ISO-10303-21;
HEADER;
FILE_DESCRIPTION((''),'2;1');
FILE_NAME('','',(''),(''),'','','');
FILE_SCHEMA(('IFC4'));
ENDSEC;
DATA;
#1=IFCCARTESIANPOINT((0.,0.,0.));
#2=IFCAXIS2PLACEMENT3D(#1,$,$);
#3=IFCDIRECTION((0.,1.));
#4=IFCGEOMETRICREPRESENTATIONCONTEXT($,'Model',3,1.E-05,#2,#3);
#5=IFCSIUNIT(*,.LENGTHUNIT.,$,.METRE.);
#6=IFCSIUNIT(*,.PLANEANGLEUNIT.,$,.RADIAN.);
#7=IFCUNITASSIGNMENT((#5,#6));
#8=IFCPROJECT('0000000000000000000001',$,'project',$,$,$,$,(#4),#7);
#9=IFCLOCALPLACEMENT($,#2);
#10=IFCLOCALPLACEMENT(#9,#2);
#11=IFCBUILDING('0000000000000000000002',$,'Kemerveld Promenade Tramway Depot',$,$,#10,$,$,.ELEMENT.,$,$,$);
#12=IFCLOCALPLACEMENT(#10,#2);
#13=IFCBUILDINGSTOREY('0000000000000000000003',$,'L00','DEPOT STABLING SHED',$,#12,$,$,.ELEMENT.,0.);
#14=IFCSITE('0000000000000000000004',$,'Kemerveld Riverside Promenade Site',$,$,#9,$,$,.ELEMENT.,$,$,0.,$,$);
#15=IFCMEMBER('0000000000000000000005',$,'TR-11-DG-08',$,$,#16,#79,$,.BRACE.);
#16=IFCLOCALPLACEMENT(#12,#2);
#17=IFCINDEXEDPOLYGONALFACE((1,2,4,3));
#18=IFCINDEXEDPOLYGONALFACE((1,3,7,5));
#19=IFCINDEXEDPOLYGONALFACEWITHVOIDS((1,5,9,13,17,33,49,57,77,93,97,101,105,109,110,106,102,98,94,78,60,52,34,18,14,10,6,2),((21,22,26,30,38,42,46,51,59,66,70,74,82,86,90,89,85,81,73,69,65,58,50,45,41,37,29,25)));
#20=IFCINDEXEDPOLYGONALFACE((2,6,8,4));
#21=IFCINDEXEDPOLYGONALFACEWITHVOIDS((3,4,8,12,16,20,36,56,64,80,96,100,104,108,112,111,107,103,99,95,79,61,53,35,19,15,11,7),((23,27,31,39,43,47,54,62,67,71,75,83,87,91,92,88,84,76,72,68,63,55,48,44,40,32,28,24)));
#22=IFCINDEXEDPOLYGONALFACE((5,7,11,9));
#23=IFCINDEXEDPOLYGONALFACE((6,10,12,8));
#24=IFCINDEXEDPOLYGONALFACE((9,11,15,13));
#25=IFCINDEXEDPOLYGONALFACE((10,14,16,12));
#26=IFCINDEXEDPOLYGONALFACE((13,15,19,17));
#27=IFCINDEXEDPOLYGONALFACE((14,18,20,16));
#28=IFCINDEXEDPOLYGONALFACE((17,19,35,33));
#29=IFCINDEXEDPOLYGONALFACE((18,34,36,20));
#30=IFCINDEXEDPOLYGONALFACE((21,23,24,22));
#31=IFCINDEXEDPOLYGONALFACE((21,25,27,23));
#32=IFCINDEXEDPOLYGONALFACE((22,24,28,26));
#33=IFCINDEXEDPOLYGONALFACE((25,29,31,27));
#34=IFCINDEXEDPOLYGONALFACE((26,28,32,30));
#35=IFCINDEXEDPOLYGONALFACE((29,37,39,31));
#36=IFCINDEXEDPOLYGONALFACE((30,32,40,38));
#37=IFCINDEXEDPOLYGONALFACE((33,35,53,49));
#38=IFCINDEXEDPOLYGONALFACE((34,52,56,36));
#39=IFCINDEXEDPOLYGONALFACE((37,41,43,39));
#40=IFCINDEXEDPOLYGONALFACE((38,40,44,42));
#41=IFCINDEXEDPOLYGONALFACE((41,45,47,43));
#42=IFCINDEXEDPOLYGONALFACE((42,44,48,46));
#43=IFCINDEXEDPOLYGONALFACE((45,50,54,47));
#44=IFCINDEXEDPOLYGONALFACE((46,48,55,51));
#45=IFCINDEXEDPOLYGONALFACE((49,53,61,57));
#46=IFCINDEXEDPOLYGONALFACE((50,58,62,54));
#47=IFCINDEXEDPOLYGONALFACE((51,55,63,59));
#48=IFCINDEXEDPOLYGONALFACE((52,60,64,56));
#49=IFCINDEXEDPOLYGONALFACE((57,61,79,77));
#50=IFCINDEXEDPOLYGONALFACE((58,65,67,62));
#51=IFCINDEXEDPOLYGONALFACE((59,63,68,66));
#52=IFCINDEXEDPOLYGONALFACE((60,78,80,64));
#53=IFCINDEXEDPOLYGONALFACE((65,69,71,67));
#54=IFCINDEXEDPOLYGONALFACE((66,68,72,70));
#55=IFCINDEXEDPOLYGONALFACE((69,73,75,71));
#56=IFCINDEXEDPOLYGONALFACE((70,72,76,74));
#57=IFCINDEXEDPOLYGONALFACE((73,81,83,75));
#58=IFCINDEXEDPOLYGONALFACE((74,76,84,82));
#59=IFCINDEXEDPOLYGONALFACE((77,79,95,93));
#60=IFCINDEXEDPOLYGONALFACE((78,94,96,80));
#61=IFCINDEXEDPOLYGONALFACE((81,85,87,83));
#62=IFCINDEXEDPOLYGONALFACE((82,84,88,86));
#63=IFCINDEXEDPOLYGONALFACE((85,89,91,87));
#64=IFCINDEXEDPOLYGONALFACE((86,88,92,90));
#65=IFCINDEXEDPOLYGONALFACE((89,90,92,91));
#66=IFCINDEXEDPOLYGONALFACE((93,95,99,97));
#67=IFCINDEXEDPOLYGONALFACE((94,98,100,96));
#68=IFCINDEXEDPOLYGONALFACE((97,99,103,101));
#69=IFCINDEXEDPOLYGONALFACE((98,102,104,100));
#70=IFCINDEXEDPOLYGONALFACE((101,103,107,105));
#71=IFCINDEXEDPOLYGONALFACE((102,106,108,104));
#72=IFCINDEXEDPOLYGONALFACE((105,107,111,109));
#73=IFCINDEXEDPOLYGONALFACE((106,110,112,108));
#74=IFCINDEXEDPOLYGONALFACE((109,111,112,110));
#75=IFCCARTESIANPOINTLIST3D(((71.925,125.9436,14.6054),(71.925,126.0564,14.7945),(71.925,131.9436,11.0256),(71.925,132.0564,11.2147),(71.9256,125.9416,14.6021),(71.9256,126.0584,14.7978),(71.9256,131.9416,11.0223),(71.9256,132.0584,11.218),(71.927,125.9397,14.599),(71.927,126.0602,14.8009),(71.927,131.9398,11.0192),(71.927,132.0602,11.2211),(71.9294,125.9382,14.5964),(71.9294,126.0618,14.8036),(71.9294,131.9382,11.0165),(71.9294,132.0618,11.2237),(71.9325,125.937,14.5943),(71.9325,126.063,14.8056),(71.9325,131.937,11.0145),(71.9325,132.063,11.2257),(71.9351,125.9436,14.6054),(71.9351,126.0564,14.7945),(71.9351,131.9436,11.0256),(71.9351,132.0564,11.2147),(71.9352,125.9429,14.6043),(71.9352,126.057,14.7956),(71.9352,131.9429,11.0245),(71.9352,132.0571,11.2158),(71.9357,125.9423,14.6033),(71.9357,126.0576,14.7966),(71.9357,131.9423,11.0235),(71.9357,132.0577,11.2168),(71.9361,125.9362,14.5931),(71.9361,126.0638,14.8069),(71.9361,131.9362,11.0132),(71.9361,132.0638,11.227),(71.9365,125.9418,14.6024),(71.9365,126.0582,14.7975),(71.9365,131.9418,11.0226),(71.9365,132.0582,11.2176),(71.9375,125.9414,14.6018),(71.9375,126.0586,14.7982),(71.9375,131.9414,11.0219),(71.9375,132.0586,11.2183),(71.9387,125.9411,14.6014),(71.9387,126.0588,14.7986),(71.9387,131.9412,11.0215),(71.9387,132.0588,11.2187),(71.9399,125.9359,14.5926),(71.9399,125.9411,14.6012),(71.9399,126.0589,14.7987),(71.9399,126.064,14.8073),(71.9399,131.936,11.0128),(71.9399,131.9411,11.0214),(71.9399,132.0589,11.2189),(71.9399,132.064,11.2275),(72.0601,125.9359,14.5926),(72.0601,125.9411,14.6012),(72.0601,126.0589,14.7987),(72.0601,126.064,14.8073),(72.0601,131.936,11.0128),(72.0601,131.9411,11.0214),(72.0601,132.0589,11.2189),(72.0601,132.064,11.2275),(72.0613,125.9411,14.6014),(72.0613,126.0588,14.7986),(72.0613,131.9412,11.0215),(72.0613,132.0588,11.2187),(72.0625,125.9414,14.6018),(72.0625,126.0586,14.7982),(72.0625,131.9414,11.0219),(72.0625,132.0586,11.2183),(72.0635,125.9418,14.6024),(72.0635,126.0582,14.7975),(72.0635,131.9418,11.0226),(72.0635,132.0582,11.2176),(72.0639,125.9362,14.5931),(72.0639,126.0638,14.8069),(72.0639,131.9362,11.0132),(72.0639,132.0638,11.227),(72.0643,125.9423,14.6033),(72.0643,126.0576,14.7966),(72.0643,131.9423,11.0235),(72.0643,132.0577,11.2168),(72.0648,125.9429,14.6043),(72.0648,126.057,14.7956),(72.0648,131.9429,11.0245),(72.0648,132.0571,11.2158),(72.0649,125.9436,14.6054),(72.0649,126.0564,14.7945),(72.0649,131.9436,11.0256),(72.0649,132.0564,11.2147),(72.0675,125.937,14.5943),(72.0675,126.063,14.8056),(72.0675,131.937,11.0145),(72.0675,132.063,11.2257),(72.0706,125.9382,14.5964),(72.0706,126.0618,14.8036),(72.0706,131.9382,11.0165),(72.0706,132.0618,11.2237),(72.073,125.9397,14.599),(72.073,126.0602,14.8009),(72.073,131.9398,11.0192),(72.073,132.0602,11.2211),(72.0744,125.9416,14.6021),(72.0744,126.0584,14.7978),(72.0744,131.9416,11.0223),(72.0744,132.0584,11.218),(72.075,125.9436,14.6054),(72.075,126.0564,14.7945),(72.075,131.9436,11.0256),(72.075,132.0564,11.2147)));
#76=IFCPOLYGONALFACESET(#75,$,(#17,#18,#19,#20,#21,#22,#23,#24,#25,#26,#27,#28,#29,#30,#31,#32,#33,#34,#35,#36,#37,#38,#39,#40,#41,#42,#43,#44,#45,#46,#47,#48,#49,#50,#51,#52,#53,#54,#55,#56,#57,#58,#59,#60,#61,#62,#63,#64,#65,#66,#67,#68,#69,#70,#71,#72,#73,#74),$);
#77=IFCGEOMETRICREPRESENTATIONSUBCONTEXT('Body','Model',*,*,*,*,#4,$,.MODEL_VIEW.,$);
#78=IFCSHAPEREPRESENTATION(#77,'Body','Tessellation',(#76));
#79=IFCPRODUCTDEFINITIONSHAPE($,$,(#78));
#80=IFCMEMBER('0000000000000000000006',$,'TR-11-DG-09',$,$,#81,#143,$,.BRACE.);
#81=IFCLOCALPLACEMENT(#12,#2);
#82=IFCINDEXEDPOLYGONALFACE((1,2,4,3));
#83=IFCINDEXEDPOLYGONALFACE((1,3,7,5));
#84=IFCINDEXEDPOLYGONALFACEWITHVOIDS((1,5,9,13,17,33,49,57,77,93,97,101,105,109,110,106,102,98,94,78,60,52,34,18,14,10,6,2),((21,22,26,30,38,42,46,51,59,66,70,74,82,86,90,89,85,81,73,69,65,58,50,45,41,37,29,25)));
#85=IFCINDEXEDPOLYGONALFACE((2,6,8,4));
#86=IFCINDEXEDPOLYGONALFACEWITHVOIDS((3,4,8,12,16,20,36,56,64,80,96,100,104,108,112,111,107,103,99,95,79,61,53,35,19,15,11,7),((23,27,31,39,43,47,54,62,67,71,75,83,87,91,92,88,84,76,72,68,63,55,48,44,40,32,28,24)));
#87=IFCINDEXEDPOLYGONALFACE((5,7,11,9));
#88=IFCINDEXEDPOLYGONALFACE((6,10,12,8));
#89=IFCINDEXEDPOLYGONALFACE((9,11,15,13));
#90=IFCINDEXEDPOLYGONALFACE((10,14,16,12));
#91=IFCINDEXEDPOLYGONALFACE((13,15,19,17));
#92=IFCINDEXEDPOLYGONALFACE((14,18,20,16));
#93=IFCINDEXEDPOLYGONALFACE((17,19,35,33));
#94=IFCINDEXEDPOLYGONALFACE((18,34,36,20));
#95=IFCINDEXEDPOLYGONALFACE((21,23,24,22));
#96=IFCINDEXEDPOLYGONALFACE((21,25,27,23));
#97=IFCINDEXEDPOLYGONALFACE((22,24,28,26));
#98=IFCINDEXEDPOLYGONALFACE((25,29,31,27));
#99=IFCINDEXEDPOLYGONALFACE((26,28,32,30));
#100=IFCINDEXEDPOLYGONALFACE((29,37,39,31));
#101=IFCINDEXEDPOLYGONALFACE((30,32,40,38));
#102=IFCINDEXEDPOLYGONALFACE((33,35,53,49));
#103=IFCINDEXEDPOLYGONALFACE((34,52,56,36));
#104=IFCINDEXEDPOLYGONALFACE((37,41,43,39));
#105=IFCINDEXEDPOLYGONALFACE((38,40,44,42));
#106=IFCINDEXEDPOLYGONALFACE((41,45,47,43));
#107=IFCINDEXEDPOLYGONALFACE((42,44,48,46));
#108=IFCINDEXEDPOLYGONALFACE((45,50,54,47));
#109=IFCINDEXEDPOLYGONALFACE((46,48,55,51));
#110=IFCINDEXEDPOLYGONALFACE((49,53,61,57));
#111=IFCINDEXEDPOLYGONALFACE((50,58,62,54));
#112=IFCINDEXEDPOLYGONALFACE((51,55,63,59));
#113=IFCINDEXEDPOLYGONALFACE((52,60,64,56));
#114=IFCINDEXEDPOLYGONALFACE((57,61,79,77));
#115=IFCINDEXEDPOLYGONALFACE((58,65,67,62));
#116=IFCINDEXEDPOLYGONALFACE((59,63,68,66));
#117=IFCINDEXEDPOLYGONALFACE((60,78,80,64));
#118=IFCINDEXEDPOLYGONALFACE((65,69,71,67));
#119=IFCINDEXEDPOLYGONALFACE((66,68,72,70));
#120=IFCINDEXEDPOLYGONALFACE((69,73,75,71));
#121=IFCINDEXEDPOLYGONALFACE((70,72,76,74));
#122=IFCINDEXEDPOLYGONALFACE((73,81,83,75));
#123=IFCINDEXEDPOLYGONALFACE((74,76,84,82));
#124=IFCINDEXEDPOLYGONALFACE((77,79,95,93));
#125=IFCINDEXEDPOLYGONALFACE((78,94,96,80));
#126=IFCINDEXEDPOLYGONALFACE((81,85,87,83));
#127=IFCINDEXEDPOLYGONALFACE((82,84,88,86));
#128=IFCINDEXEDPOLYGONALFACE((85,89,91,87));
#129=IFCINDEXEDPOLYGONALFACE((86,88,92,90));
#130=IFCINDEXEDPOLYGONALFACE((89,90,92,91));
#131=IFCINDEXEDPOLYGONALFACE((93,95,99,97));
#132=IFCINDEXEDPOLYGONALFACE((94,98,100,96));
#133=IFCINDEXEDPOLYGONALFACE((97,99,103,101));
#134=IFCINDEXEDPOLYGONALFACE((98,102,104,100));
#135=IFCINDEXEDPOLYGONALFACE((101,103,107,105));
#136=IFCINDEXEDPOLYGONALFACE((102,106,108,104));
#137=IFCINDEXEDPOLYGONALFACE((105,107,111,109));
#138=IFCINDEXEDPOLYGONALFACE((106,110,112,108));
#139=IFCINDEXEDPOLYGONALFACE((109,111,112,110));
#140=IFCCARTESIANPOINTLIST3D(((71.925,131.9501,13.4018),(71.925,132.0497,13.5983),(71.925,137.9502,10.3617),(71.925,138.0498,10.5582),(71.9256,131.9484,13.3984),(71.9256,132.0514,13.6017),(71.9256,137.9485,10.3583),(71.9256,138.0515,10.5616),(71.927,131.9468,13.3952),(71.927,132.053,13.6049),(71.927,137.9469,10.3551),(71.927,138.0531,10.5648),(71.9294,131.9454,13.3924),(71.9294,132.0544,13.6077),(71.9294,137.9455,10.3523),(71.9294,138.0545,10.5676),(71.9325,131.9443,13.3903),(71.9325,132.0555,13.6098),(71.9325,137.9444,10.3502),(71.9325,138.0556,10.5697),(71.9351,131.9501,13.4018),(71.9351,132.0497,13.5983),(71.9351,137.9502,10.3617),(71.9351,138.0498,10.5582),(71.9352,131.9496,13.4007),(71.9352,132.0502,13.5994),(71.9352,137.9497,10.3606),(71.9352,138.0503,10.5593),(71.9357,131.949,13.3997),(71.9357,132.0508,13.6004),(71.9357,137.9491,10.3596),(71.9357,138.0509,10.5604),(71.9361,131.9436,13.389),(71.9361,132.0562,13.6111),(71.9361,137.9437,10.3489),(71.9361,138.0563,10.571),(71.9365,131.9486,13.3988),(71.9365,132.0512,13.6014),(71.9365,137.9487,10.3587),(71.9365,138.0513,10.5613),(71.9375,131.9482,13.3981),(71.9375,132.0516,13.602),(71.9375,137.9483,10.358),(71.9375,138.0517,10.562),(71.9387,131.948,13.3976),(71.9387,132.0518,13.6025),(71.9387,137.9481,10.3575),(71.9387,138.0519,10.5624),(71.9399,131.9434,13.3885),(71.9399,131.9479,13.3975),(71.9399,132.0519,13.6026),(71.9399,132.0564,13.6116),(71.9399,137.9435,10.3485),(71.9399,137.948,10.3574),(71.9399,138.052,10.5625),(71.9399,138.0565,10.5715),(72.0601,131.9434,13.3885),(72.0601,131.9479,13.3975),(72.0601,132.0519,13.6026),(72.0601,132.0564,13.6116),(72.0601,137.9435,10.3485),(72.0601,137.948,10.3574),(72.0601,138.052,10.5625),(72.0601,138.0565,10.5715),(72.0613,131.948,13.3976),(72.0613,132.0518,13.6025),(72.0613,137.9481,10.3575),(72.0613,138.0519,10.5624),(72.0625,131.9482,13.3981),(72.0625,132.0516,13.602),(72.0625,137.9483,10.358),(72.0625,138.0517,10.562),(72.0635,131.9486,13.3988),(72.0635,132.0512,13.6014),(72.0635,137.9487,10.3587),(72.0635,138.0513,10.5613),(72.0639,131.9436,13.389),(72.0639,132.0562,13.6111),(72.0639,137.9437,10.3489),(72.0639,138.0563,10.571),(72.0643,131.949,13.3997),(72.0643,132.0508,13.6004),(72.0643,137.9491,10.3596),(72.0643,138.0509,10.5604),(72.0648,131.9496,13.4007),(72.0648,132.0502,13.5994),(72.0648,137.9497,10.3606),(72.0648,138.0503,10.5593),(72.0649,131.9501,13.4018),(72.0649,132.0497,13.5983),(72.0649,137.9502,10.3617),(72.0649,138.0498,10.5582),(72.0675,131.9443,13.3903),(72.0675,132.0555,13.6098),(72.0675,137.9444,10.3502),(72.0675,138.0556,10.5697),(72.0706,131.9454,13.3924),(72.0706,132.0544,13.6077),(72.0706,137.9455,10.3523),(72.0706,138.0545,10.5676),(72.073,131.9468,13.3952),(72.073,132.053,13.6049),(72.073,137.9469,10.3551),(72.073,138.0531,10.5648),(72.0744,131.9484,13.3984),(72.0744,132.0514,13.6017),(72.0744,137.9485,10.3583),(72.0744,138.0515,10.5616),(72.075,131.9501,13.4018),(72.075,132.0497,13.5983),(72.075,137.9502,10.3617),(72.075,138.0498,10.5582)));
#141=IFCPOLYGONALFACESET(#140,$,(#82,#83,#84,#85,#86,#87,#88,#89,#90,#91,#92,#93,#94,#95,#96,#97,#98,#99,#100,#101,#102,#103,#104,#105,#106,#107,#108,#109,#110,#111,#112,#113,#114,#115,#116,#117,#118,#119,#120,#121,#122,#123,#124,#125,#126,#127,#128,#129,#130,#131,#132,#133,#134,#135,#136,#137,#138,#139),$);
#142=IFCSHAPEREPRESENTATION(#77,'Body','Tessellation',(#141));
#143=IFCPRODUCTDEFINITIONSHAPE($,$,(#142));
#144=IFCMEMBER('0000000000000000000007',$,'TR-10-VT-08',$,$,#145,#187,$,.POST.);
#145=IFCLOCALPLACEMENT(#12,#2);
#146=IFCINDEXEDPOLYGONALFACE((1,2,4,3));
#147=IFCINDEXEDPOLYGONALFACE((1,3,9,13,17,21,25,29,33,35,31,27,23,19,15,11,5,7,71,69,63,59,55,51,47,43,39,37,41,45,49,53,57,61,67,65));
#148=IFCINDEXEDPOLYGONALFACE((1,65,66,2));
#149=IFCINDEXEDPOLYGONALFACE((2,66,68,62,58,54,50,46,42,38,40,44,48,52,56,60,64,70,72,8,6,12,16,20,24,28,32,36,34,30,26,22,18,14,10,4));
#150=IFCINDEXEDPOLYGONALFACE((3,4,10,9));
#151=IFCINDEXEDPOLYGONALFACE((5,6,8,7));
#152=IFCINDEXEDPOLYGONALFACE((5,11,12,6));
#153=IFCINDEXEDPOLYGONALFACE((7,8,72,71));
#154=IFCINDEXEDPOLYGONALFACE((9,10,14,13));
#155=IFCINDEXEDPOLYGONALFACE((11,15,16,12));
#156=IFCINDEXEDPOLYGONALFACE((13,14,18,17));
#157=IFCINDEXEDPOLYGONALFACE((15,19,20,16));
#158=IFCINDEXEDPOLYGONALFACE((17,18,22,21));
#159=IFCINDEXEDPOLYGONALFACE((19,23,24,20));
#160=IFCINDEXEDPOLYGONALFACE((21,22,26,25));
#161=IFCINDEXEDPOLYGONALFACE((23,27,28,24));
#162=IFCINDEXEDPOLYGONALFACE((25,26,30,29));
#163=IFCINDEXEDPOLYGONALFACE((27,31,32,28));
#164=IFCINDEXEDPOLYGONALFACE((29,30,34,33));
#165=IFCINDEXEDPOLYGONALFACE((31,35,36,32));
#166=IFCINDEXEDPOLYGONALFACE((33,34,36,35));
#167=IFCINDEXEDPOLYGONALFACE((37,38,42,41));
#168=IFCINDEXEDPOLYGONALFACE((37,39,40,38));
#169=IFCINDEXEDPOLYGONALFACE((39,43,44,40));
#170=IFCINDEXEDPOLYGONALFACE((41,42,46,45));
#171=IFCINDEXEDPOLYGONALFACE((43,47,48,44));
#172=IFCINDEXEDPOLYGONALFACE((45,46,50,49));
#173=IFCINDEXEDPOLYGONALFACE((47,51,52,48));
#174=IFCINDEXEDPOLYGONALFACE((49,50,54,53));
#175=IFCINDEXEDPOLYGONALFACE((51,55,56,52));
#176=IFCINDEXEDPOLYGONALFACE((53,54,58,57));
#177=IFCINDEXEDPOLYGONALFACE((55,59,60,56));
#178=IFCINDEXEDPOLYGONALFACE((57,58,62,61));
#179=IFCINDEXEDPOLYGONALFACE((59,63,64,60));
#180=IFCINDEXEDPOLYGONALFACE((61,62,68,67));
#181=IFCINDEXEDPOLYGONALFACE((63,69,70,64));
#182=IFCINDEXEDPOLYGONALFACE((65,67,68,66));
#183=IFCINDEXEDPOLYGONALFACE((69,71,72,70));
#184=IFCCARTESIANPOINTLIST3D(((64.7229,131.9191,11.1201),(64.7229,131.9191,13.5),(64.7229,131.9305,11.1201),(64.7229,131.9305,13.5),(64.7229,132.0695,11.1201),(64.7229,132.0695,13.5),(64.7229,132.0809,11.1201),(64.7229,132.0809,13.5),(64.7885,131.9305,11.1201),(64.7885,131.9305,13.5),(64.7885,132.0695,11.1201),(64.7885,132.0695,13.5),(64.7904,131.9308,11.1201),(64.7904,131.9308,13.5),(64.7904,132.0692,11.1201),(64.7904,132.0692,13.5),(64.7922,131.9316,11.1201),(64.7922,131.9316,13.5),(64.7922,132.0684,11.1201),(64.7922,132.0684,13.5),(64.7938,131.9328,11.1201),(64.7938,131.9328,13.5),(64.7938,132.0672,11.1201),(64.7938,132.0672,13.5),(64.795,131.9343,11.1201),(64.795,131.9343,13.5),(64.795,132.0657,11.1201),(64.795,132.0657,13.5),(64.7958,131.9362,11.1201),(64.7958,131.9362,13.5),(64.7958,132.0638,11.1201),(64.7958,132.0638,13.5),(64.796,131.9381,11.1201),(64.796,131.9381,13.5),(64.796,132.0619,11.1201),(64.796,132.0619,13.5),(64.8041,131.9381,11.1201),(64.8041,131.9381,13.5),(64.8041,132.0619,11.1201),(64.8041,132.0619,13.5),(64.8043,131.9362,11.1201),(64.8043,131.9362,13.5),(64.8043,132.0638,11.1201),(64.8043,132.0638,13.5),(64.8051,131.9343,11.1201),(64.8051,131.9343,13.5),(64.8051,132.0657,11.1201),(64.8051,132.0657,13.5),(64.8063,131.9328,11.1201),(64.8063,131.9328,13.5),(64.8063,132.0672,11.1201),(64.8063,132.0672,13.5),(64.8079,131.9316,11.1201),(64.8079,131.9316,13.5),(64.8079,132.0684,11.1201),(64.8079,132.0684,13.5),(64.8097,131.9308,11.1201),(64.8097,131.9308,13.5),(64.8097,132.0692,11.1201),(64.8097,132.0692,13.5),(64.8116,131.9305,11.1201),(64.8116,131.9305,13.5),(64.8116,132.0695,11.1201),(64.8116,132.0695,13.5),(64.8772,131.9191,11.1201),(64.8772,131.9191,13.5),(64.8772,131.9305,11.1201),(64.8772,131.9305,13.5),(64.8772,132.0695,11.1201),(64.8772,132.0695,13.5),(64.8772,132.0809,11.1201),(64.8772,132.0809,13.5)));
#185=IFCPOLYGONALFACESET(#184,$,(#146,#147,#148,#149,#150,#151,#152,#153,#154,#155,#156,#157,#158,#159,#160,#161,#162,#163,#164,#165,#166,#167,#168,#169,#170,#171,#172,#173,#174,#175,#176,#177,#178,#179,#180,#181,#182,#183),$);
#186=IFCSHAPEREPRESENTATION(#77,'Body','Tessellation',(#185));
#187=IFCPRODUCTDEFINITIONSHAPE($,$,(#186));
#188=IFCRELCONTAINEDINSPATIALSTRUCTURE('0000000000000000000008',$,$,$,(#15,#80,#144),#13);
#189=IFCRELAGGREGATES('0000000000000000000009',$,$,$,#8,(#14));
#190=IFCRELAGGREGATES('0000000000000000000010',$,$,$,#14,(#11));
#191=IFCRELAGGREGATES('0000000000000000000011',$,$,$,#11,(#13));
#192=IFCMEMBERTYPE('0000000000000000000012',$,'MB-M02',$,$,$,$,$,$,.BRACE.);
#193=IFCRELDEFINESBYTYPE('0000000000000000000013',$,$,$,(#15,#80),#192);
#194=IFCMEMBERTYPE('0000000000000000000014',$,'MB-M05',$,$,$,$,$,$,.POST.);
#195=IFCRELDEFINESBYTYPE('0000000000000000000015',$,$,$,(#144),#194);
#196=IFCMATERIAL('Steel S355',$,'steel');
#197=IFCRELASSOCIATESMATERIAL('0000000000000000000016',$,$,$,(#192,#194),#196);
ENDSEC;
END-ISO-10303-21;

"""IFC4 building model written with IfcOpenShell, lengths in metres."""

from ifc_helpers import new_model, si_unit, direction, frame, origin, origin_2d, place, context, subcontext, project, spatial, hollow_rectangle, i_section, extrude, material, material_profile, profile_set, type_object, element, save


model = new_model("IFC4")

# Units and contexts
model_context = context("Model", 3, precision=1e-05, world=origin(), true_north=direction((0.0, 1.0)))
body_context = subcontext(model_context, "Body", "Model", "MODEL_VIEW")
ifc_project = project(units=[si_unit("LENGTHUNIT", "METRE"), si_unit("PLANEANGLEUNIT", "RADIAN")], contexts=[model_context])

# Site, building, storey
site_placement = place(None, origin())
site = spatial("IfcSite", under=ifc_project, at=site_placement, Name="Kemerveld Riverside Promenade Site", CompositionType="ELEMENT", RefElevation=0.0)
building_placement = place(site_placement, origin())
building = spatial("IfcBuilding", under=site, at=building_placement, Name="Kemerveld Promenade Tramway Depot", CompositionType="ELEMENT")
storey_placement = place(building_placement, origin())
storey = spatial("IfcBuildingStorey", under=building, at=storey_placement, Name="L00", Description="DEPOT STABLING SHED", CompositionType="ELEMENT", Elevation=0.0)

# Members
ifc_material_1 = material(Name="Steel S355", Category="steel")
ifc_material_profile_1 = material_profile(ifc_material_1, hollow_rectangle(XDim=0.1499, YDim=0.25, WallThickness=0.01, InnerFilletRadius=0.0049, OuterFilletRadius=0.0149, at=origin_2d()), Name="250x150x10.0 RHS")
ifc_profile_set_1 = profile_set([ifc_material_profile_1], Name="Steel S355")
member_type_1 = type_object("IfcMemberType", Name="MB-M02", PredefinedType="BRACE", material=ifc_profile_set_1)
member_1_placement = place(storey_placement, frame((72.0, 132.0, 11.1201), z_axis=(0.0, -0.858764, 0.512372), x_axis=(1.0, 0.0, 0.0)))
element("IfcMember", 1, at=member_1_placement, inside=storey, type_object=member_type_1, Name="TR-11-DG-08", PredefinedType="BRACE", context=body_context, shape_type="SweptSolid", body=[
    extrude(hollow_rectangle(XDim=0.1499, YDim=0.25, WallThickness=0.01, InnerFilletRadius=0.0049, OuterFilletRadius=0.0149, at=origin_2d()), origin(), (0.0, 0.0, 1.0), 6.9868),
])
member_2_placement = place(storey_placement, frame((72.0, 138.0, 10.46), z_axis=(0.0, -0.892033, 0.451969), x_axis=(1.0, 0.0, 0.0)))
element("IfcMember", 2, at=member_2_placement, inside=storey, type_object=member_type_1, Name="TR-11-DG-09", PredefinedType="BRACE", context=body_context, shape_type="SweptSolid", body=[
    extrude(hollow_rectangle(XDim=0.1499, YDim=0.25, WallThickness=0.01, InnerFilletRadius=0.0049, OuterFilletRadius=0.0149, at=origin_2d()), origin(), (0.0, 0.0, 1.0), 6.7263),
])
ifc_material_profile_2 = material_profile(ifc_material_1, i_section(OverallWidth=0.1543, OverallDepth=0.1619, WebThickness=0.0081, FlangeThickness=0.0115, FilletRadius=0.0076, at=origin_2d()), Name="152x152x37 UC")
ifc_profile_set_2 = profile_set([ifc_material_profile_2], Name="Steel S355")
member_type_2 = type_object("IfcMemberType", Name="MB-M05", PredefinedType="POST", material=ifc_profile_set_2)
member_3_placement = place(storey_placement, frame((64.8, 132.0, 11.1201), z_axis=(0.0, 0.0, 1.0), x_axis=(1.0, 0.0, 0.0)))
element("IfcMember", 3, at=member_3_placement, inside=storey, type_object=member_type_2, Name="TR-10-VT-08", PredefinedType="POST", context=body_context, shape_type="SweptSolid", body=[
    extrude(i_section(OverallWidth=0.1543, OverallDepth=0.1619, WebThickness=0.0081, FlangeThickness=0.0115, FilletRadius=0.0076, at=origin_2d()), origin(), (0.0, 0.0, 1.0), 2.3799),
])

save(model, "model.ifc")
